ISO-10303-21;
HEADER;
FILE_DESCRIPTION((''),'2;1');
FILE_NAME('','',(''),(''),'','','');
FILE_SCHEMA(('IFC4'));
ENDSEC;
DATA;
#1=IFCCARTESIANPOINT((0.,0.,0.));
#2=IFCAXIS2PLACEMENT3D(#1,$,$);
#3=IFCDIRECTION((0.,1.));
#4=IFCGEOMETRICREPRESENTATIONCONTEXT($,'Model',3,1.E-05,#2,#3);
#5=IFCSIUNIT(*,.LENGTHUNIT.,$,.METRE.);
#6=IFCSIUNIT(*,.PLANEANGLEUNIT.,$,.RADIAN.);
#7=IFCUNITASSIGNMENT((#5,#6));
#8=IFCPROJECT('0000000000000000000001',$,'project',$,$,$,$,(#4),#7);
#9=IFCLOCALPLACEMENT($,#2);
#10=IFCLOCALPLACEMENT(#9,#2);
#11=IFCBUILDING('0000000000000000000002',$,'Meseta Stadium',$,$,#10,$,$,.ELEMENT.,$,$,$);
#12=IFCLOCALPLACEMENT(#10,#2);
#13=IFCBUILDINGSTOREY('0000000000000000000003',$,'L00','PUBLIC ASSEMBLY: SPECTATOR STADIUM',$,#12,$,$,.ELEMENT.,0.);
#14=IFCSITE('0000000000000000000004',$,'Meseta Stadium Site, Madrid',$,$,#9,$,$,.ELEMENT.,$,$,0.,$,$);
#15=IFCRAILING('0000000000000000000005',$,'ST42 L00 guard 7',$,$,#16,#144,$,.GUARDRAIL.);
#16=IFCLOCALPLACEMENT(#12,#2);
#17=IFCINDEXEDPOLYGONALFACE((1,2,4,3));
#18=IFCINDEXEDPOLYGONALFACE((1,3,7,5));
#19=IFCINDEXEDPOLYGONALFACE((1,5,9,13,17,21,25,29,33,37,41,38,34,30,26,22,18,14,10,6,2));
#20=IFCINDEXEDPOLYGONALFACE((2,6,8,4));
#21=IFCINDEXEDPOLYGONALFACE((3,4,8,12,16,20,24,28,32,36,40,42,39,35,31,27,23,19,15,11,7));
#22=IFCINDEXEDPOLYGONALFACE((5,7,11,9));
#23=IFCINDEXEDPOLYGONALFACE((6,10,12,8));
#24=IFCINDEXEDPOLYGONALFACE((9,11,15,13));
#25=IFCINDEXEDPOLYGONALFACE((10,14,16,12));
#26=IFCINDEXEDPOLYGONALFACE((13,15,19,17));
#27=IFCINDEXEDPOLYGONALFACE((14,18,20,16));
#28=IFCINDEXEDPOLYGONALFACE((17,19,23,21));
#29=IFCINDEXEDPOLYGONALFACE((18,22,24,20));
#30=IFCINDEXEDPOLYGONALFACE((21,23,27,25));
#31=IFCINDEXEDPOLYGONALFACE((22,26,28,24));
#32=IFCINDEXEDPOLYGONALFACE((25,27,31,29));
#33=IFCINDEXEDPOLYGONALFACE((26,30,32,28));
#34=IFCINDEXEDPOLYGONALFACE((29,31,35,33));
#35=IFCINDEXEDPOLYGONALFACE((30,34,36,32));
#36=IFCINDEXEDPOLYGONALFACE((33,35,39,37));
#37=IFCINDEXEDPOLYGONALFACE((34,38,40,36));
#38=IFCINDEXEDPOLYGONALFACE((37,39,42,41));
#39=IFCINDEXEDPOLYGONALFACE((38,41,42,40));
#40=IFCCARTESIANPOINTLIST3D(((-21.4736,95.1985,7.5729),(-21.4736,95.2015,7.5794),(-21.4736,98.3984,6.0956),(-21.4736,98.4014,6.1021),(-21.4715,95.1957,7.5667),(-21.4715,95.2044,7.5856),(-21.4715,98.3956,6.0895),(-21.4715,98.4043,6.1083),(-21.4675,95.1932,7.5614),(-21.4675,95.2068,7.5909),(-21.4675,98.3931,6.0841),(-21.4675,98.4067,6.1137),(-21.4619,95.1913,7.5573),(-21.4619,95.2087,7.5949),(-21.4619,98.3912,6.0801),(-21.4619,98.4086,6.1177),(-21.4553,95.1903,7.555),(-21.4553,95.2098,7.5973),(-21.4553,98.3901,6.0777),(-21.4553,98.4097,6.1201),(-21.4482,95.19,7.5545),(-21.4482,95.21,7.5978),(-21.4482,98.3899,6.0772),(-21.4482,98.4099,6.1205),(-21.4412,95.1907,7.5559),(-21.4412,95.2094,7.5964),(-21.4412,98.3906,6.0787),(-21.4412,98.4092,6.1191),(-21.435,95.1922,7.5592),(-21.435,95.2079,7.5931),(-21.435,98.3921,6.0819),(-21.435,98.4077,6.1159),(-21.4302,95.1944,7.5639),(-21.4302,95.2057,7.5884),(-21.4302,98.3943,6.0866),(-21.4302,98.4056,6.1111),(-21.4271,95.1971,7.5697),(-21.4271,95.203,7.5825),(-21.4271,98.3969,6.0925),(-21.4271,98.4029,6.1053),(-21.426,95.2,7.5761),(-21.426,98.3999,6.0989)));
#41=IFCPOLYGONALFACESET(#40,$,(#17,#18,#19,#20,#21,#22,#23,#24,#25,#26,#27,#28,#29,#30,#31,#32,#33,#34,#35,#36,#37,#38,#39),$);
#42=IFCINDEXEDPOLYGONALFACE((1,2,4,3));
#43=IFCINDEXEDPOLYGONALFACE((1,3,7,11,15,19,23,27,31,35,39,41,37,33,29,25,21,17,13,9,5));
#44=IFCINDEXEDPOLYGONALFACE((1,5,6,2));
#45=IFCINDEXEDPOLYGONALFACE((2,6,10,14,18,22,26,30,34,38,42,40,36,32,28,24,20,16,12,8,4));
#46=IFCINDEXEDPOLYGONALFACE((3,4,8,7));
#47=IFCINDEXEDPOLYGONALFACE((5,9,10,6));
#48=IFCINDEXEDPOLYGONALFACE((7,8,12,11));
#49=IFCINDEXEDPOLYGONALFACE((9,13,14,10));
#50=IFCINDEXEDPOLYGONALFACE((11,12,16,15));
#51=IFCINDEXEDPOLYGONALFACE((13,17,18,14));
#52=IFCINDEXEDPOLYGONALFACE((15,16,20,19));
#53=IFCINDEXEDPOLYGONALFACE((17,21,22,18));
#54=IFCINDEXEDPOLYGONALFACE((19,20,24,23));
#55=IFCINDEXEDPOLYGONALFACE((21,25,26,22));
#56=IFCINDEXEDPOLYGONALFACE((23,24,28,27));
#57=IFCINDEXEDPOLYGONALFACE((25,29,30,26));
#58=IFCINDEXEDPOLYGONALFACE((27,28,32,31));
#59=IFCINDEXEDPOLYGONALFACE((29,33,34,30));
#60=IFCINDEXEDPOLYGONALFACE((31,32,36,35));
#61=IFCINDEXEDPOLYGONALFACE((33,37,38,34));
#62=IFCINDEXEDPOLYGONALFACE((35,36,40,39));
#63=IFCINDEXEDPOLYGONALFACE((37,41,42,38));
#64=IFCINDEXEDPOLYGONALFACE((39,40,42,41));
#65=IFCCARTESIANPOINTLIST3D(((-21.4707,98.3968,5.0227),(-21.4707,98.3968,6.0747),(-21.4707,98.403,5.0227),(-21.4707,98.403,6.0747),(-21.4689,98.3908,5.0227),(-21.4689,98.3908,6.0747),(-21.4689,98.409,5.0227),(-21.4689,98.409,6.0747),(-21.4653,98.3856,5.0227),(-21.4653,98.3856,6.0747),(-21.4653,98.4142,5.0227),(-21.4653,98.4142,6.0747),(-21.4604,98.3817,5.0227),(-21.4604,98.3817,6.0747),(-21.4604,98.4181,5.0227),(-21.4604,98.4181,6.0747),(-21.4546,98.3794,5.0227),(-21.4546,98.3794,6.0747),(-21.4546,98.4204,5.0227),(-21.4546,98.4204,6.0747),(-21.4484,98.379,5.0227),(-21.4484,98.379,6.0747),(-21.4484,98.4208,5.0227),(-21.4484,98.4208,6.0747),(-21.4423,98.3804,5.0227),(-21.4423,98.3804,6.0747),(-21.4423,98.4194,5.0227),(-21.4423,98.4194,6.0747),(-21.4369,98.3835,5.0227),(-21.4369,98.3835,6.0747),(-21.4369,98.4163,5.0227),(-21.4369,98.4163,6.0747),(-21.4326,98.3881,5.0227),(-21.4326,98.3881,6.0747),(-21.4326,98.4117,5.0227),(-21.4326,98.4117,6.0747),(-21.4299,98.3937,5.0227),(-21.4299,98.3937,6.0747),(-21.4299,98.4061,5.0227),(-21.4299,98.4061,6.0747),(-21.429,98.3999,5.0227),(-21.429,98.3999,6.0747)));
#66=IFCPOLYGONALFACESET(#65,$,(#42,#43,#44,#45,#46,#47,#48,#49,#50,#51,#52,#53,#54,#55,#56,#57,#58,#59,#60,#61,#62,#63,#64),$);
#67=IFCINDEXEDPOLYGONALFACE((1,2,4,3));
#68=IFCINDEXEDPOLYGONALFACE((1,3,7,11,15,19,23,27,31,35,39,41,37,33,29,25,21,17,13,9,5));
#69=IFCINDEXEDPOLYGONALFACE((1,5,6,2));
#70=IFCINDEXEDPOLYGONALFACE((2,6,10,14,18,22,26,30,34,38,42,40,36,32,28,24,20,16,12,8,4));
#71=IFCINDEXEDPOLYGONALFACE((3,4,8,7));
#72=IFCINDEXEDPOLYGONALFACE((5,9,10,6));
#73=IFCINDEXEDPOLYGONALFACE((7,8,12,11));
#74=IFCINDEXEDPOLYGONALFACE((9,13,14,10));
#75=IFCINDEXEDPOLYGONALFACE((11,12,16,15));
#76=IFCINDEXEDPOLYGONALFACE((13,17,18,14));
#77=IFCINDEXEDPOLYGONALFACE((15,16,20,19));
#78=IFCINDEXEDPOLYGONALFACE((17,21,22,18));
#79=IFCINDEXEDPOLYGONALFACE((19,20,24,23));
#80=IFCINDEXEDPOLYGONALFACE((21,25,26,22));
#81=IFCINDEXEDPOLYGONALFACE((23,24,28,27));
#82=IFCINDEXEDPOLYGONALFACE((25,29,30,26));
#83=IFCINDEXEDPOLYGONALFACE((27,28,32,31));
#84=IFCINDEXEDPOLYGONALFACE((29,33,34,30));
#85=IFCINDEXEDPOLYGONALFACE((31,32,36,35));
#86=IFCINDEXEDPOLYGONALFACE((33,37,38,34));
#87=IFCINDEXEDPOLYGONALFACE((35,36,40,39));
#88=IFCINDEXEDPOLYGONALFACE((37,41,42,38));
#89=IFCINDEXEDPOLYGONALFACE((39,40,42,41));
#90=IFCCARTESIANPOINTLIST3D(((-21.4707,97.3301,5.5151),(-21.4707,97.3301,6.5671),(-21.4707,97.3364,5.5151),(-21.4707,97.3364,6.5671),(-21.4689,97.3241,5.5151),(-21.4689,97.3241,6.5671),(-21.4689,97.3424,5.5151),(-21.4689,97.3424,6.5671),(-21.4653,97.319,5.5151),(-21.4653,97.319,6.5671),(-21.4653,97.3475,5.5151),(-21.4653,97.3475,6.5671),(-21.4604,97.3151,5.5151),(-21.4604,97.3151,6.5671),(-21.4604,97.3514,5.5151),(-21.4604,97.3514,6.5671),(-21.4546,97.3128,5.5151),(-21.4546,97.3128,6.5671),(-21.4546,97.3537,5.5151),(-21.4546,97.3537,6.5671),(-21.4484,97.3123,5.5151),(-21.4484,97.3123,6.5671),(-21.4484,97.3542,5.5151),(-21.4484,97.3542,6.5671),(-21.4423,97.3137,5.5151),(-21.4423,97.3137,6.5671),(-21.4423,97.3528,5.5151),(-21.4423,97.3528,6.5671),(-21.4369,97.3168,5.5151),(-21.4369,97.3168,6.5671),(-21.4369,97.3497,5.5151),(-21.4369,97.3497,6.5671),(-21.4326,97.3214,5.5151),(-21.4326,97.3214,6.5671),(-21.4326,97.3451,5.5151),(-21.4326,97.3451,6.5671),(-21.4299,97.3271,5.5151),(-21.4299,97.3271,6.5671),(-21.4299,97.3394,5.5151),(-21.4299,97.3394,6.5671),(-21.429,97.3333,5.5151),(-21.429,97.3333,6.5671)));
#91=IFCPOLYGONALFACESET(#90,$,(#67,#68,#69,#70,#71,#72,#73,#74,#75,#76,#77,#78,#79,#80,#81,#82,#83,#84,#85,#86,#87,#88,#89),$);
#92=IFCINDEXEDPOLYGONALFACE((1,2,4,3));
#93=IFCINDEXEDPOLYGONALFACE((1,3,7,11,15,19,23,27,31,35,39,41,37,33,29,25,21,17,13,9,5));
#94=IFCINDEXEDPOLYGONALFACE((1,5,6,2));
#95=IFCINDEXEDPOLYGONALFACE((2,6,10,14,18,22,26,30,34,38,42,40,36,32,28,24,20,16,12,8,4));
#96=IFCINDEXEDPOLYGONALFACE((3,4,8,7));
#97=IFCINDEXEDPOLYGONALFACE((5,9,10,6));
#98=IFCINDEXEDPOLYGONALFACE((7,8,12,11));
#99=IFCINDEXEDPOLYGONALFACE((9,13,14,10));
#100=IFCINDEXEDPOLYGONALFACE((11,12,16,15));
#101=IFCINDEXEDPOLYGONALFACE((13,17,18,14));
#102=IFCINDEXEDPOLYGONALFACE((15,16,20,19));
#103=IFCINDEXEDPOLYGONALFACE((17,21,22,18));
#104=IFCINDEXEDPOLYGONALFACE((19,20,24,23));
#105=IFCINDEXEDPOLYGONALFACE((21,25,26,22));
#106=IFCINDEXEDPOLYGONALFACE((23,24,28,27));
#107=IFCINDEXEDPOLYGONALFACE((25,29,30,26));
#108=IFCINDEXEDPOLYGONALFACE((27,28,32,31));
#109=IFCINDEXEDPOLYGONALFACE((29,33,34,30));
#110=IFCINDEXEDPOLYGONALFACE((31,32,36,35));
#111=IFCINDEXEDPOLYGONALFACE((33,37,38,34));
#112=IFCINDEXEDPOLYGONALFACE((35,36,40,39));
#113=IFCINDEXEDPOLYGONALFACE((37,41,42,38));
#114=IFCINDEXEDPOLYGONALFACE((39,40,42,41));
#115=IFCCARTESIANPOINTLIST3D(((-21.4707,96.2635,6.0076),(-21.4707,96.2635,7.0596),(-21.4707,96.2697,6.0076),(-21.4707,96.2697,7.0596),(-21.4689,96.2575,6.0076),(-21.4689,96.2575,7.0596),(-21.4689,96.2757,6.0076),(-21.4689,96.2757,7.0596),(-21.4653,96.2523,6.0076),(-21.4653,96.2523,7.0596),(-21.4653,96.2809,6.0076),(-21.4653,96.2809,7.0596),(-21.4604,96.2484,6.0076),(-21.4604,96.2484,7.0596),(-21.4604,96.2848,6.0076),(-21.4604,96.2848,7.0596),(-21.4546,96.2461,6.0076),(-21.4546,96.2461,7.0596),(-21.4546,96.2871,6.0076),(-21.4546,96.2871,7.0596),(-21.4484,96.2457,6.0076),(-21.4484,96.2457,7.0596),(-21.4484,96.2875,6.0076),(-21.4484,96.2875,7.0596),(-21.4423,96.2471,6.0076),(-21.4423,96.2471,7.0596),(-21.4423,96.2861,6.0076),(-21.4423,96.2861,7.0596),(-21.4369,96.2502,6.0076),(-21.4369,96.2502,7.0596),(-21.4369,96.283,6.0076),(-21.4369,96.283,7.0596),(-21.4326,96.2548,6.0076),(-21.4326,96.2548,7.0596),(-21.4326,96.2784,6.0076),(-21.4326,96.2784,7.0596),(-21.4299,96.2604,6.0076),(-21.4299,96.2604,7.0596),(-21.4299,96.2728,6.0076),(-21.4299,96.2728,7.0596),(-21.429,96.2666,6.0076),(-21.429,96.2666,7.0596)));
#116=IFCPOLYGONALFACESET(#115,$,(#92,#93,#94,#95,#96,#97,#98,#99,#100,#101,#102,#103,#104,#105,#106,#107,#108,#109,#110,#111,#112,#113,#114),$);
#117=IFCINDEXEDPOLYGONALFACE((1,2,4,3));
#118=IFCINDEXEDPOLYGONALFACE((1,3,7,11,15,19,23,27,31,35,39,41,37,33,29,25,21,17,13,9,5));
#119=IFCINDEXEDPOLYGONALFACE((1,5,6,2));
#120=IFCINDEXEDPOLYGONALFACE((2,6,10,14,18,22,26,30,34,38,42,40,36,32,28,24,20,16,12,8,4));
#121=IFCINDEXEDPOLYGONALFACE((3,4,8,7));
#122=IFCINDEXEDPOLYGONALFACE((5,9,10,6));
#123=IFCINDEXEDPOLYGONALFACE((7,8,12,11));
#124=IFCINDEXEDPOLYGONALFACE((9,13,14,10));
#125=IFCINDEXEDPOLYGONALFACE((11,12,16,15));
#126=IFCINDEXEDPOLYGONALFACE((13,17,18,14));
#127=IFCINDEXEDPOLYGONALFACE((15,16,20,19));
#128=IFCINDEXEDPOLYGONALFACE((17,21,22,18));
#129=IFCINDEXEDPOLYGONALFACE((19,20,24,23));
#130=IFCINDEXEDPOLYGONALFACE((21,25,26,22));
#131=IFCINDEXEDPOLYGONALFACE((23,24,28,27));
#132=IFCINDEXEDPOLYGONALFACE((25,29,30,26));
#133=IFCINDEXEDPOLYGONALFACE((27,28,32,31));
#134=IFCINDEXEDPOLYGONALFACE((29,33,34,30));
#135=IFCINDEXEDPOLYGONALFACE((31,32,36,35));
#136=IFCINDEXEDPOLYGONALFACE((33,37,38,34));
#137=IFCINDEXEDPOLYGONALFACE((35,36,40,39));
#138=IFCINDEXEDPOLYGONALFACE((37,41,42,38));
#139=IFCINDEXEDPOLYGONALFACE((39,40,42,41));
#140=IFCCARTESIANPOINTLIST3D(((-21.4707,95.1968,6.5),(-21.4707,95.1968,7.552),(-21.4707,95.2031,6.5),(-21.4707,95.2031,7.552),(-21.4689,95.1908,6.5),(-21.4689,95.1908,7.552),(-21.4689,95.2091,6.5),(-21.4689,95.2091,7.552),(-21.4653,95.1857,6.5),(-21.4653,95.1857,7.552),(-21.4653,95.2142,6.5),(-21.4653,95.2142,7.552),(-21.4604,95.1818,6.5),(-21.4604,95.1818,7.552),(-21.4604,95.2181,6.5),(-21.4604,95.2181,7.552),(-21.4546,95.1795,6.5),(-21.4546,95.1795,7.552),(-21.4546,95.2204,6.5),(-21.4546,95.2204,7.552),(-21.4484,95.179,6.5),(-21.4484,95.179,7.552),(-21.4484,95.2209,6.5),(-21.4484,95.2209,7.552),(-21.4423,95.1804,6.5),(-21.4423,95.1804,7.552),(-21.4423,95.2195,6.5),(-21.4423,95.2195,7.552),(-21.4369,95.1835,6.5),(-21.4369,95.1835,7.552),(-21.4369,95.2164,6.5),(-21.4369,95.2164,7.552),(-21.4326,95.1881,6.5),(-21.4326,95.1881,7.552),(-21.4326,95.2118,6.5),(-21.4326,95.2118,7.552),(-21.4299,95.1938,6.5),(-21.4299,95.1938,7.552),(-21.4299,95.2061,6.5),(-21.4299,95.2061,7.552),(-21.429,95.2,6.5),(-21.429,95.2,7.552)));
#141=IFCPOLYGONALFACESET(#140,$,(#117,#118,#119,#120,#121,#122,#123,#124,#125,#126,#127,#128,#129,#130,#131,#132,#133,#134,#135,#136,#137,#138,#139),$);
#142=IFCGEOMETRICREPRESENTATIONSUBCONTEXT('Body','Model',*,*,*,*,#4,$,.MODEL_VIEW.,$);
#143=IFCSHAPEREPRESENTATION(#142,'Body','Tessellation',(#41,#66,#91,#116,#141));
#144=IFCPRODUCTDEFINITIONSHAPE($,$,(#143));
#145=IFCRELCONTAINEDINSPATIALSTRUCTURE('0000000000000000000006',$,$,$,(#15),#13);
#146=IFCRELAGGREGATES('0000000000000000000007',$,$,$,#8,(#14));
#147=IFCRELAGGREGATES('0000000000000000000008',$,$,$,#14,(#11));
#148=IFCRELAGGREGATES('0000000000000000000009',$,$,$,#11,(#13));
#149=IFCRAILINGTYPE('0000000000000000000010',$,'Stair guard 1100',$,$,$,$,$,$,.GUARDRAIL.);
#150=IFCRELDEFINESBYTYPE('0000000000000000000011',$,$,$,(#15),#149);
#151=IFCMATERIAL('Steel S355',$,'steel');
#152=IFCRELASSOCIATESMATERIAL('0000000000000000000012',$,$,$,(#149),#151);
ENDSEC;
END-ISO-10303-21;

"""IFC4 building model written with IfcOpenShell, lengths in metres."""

from ifc_helpers import new_model, si_unit, direction, frame, origin, origin_2d, place, context, subcontext, project, spatial, circle, extrude, material, type_object, element, save


model = new_model("IFC4")

# Units and contexts
model_context = context("Model", 3, precision=1e-05, world=origin(), true_north=direction((0.0, 1.0)))
body_context = subcontext(model_context, "Body", "Model", "MODEL_VIEW")
ifc_project = project(units=[si_unit("LENGTHUNIT", "METRE"), si_unit("PLANEANGLEUNIT", "RADIAN")], contexts=[model_context])

# Site, building, storey
site_placement = place(None, origin())
site = spatial("IfcSite", under=ifc_project, at=site_placement, Name="Meseta Stadium Site, Madrid", CompositionType="ELEMENT", RefElevation=0.0)
building_placement = place(site_placement, origin())
building = spatial("IfcBuilding", under=site, at=building_placement, Name="Meseta Stadium", CompositionType="ELEMENT")
storey_placement = place(building_placement, origin())
storey = spatial("IfcBuildingStorey", under=building, at=storey_placement, Name="L00", Description="PUBLIC ASSEMBLY: SPECTATOR STADIUM", CompositionType="ELEMENT", Elevation=0.0)

# Railing
ifc_material_1 = material(Name="Steel S355", Category="steel")
railing_type_1 = type_object("IfcRailingType", Name="Stair guard 1100", PredefinedType="GUARDRAIL", material=ifc_material_1)
railing_1_placement = place(storey_placement, frame((-21.45, 98.3999, 5.0227)))
element("IfcRailing", 1, at=railing_1_placement, inside=storey, type_object=railing_type_1, Name="ST42 L00 guard 7", PredefinedType="GUARDRAIL", context=body_context, shape_type="SweptSolid", body=[
    extrude(circle(Radius=0.0239, at=origin_2d()), frame((0.0, 0.0, 1.0762), z_axis=(0.0, -0.907917, 0.41915), x_axis=(1.0, 0.0, 0.0)), (0.0, 0.0, 1.0), 3.5244),
    extrude(circle(Radius=0.021, at=origin_2d()), origin(), (0.0, 0.0, 1.0), 1.052),
    extrude(circle(Radius=0.021, at=origin_2d()), frame((0.0, -1.0667, 0.4924)), (0.0, 0.0, 1.0), 1.052),
    extrude(circle(Radius=0.021, at=origin_2d()), frame((0.0, -2.1333, 0.9849)), (0.0, 0.0, 1.0), 1.052),
    extrude(circle(Radius=0.021, at=origin_2d()), frame((0.0, -3.2, 1.4773)), (0.0, 0.0, 1.0), 1.052),
])

save(model, "model.ifc")
